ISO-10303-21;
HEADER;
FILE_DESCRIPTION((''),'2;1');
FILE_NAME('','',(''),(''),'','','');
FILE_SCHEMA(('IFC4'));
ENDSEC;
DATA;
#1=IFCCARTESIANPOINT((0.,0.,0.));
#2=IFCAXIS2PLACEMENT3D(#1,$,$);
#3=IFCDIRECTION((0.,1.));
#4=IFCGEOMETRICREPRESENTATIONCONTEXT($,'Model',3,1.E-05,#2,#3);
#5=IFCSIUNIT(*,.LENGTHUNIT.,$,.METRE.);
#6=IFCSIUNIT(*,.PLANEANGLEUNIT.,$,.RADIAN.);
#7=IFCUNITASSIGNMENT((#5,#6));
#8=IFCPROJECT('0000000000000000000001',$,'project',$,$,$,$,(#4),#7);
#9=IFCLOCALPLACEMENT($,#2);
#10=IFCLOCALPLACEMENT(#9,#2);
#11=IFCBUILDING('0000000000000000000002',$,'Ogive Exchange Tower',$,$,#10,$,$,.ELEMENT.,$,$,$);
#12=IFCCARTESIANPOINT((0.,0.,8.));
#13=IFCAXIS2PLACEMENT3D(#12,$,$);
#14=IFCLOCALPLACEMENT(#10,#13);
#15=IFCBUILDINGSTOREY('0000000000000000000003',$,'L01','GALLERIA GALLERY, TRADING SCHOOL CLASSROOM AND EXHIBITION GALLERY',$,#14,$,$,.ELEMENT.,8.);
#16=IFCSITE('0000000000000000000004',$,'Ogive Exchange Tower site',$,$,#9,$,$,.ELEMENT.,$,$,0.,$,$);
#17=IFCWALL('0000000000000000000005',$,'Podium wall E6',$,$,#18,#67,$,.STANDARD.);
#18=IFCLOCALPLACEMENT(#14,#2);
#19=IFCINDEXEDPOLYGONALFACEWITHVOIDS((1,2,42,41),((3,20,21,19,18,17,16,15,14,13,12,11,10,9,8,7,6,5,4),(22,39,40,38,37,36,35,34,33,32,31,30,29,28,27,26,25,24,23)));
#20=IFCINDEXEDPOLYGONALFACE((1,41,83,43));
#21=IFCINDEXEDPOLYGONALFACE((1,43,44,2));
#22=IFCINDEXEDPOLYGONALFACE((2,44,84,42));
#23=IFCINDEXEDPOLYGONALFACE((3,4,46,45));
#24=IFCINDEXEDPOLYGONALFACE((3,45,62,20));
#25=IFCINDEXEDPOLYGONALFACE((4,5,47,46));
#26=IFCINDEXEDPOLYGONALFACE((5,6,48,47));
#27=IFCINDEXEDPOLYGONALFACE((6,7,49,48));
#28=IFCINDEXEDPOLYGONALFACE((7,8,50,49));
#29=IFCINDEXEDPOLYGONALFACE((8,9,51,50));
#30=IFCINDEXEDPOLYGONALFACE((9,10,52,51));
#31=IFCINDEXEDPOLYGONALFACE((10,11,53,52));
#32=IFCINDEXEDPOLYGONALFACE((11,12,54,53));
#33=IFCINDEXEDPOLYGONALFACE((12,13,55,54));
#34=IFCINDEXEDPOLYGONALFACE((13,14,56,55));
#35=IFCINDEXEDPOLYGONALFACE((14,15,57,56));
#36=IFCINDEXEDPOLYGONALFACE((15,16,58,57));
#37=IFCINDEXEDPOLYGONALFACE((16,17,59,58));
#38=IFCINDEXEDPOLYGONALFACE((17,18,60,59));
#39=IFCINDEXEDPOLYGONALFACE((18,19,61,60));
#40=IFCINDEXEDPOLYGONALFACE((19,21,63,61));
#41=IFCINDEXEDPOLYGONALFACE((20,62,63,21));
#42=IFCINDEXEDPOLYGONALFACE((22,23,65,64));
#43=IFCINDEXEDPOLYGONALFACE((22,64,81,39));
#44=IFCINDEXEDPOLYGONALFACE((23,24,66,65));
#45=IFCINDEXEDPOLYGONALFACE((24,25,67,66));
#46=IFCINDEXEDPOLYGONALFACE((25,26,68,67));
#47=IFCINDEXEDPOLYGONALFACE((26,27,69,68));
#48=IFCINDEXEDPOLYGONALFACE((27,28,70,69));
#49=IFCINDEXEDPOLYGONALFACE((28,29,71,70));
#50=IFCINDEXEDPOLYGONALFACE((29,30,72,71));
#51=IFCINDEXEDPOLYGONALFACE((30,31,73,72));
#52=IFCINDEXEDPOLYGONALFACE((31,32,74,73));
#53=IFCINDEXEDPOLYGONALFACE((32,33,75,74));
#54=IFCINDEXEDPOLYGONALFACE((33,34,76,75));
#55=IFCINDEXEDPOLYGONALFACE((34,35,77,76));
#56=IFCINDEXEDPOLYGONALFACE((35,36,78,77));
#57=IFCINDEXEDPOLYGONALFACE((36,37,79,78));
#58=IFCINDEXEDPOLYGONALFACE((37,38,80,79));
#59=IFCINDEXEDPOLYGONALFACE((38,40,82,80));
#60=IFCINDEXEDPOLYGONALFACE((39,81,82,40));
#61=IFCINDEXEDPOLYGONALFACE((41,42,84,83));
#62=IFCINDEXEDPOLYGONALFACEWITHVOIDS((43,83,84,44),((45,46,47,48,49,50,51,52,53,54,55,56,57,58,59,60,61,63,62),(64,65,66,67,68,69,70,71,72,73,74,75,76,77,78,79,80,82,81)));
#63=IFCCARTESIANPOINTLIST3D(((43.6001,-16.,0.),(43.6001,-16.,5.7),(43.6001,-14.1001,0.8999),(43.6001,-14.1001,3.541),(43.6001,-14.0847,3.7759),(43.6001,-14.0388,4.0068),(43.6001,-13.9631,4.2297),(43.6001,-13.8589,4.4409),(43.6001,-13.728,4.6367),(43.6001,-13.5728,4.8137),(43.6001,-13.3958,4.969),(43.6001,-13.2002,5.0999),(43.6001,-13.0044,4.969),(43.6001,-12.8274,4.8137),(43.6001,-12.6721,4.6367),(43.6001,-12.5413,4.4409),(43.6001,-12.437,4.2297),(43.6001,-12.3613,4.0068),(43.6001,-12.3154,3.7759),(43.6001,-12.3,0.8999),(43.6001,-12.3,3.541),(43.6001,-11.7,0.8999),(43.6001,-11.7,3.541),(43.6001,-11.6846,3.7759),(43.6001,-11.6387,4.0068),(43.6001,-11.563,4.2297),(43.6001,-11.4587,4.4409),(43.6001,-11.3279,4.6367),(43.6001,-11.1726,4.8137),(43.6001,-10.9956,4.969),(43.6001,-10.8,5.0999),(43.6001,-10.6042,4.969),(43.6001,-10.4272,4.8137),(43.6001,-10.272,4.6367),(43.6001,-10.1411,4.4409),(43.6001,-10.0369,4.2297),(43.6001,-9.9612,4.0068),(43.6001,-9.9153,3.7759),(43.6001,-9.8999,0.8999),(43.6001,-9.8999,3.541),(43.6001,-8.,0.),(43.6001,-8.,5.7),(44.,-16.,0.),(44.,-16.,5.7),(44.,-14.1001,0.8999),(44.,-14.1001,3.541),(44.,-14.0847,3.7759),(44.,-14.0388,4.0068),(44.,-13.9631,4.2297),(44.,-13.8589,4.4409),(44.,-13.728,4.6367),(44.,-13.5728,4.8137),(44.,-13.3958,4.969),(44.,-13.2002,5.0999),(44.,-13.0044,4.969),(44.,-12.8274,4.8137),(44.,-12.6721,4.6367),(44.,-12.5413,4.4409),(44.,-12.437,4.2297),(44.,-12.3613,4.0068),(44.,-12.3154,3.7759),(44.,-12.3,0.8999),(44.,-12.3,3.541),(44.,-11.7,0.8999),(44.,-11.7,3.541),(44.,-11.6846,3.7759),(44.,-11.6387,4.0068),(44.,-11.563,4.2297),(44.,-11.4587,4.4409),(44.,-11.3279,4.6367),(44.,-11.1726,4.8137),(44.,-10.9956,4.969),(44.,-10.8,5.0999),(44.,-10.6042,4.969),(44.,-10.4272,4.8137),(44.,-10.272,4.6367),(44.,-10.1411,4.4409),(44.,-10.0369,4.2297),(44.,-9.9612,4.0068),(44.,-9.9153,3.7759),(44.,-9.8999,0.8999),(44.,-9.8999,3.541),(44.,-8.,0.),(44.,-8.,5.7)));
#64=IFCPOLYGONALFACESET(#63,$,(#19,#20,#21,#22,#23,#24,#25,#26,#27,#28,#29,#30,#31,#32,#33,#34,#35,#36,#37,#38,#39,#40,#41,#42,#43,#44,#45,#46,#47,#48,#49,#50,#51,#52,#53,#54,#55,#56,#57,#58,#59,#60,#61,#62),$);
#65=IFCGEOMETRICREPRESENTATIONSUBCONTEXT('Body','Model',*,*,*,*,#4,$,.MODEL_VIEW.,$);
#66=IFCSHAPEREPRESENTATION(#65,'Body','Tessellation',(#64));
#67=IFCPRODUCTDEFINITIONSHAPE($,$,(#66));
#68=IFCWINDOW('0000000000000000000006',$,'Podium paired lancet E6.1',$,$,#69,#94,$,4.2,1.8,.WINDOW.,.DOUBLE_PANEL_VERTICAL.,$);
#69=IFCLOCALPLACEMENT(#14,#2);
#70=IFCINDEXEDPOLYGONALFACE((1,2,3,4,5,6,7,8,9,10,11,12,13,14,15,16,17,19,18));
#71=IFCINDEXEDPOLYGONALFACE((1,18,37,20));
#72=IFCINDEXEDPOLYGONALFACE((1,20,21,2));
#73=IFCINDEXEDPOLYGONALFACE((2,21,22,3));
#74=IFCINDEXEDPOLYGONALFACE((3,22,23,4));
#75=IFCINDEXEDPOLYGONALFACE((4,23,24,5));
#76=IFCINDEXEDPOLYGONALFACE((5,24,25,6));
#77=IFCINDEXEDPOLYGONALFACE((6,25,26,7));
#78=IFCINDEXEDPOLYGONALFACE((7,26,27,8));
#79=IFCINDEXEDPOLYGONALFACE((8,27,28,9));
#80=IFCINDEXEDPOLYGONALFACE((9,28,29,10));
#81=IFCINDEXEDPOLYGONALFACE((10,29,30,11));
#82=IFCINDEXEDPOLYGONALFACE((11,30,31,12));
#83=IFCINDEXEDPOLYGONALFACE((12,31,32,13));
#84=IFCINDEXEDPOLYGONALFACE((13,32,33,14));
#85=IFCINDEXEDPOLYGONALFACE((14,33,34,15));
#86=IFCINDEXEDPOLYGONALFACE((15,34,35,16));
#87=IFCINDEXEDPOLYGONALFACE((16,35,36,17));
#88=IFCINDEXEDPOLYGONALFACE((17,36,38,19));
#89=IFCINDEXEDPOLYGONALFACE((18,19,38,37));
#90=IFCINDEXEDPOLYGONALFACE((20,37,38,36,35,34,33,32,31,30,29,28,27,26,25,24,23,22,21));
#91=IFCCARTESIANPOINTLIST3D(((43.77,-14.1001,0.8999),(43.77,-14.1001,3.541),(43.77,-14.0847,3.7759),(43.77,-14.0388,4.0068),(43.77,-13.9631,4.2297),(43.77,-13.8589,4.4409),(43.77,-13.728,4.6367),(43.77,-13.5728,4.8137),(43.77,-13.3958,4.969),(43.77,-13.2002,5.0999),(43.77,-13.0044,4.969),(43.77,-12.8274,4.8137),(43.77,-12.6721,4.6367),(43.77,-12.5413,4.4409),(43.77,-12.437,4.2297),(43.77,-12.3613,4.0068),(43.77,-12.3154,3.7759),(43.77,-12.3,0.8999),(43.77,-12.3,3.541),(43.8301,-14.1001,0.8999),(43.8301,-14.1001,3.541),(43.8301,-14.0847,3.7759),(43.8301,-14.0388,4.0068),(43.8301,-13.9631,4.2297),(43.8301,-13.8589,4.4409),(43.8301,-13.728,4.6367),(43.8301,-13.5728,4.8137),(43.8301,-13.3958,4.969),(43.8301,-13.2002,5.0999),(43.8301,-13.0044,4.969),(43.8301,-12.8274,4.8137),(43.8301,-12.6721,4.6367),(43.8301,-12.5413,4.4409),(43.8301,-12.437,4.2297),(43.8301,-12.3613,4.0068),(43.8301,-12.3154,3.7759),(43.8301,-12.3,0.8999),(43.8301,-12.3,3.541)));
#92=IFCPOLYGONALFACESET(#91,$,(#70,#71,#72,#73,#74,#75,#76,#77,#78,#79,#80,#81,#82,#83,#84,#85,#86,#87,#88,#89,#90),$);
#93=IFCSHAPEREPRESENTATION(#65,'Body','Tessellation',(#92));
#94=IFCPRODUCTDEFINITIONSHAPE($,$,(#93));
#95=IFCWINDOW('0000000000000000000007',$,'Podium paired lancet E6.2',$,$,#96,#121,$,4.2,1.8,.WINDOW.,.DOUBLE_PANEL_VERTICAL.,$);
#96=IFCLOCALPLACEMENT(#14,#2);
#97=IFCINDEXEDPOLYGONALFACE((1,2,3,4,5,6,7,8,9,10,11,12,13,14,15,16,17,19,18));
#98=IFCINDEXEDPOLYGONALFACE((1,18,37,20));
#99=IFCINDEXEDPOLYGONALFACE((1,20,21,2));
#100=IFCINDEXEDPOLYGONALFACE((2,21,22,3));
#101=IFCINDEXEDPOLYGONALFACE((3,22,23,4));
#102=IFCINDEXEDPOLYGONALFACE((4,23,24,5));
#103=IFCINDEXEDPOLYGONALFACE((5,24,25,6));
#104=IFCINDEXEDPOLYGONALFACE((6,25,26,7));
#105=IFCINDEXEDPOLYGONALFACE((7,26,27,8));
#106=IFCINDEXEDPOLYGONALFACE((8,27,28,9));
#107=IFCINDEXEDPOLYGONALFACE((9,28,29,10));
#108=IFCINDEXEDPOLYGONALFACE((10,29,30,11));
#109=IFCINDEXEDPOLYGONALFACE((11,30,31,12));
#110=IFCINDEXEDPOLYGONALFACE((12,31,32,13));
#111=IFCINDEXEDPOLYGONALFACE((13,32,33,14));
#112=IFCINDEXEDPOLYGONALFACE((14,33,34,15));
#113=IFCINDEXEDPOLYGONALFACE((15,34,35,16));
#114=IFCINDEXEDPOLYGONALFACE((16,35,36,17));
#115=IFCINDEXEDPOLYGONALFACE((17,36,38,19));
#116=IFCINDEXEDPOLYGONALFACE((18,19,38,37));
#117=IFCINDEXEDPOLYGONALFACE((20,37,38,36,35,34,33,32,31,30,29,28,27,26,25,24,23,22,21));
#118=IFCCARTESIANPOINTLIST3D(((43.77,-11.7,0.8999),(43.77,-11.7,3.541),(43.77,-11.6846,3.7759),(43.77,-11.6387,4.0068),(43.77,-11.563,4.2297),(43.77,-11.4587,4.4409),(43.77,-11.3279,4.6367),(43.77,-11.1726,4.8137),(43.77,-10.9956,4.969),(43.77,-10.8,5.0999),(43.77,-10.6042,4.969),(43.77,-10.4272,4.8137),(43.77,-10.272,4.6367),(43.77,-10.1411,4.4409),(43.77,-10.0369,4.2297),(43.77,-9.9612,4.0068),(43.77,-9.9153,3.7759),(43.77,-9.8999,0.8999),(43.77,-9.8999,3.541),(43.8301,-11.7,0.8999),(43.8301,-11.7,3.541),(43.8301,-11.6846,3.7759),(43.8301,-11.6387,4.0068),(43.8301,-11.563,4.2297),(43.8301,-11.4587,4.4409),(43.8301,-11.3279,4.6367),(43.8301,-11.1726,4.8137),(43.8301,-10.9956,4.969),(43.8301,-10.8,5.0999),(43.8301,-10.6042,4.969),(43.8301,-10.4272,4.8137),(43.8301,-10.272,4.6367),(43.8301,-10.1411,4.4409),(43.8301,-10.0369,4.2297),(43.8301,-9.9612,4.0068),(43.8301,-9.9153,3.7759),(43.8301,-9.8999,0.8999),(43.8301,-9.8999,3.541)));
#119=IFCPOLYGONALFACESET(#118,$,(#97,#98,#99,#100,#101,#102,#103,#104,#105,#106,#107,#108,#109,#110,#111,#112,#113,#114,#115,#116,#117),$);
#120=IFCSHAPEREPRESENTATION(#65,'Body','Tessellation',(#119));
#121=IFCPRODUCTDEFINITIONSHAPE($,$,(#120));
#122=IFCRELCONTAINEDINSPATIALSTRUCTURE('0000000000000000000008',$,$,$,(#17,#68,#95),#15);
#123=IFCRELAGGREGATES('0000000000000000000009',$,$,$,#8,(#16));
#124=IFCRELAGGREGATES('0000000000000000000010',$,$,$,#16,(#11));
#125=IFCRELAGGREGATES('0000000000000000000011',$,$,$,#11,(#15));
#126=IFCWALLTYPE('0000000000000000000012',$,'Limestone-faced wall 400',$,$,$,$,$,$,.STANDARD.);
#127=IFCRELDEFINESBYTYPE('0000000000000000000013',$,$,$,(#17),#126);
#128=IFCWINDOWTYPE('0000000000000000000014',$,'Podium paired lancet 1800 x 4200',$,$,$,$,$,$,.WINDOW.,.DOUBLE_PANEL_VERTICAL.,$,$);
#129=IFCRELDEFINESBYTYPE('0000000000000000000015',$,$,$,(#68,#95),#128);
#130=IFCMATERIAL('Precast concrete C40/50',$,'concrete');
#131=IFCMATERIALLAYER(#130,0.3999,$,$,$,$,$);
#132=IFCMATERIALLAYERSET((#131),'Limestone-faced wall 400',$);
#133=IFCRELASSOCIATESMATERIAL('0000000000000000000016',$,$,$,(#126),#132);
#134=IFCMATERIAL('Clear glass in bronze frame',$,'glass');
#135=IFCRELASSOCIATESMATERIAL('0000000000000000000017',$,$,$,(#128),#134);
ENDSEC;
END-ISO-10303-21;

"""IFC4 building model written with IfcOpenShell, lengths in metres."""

from ifc_helpers import new_model, si_unit, direction, frame, frame_2d, origin, place, context, subcontext, project, spatial, polyline, rectangle, outline, extrude, material, layer, layer_set, type_object, element, fill, save


model = new_model("IFC4")

# Units and contexts
model_context = context("Model", 3, precision=1e-05, world=origin(), true_north=direction((0.0, 1.0)))
body_context = subcontext(model_context, "Body", "Model", "MODEL_VIEW")
ifc_project = project(units=[si_unit("LENGTHUNIT", "METRE"), si_unit("PLANEANGLEUNIT", "RADIAN")], contexts=[model_context])

# Site, building, storey
site_placement = place(None, origin())
site = spatial("IfcSite", under=ifc_project, at=site_placement, Name="Ogive Exchange Tower site", CompositionType="ELEMENT", RefElevation=0.0)
building_placement = place(site_placement, origin())
building = spatial("IfcBuilding", under=site, at=building_placement, Name="Ogive Exchange Tower", CompositionType="ELEMENT")
storey_placement = place(building_placement, frame((0.0, 0.0, 8.0)))
storey = spatial("IfcBuildingStorey", under=building, at=storey_placement, Name="L01", Description="GALLERIA GALLERY, TRADING SCHOOL CLASSROOM AND EXHIBITION GALLERY", CompositionType="ELEMENT", Elevation=8.0)

# Shared definitions
ifc_material_1 = material(Name="Precast concrete C40/50", Category="concrete")
ifc_layer = layer(ifc_material_1, 0.3999)
ifc_layer_set = layer_set([ifc_layer], Name="Limestone-faced wall 400")
wall_type = type_object("IfcWallType", Name="Limestone-faced wall 400", PredefinedType="STANDARD", material=ifc_layer_set)
ifc_material_2 = material(Name="Clear glass in bronze frame", Category="glass")

# Wall, openings, windows
wall_1_placement = place(storey_placement, frame((43.8, -16.0, 0.0), z_axis=(0.0, 0.0, 1.0), x_axis=(0.0, 1.0, 0.0)))
wall_1 = element("IfcWall", 1, at=wall_1_placement, inside=storey, type_object=wall_type, Name="Podium wall E6", PredefinedType="STANDARD", context=body_context, shape_type="SweptSolid", body=[
    extrude(rectangle(XDim=8.0, YDim=0.3999, at=frame_2d((4.0, 0.0))), origin(), (0.0, 0.0, 1.0), 5.7),
])
opening_1_placement = place(wall_1_placement, frame((1.8999, 0.0, 0.8999)))
opening_1 = element("IfcOpeningElement", 2, at=opening_1_placement, cuts=wall_1, PredefinedType="OPENING", context=body_context, shape_type="SweptSolid", body=[
    extrude(outline(polyline([(0.0, 0.0), (1.8, 0.0), (1.8, 2.6411), (1.7847, 2.876), (1.7388, 3.1069), (1.6631, 3.3298), (1.5588, 3.541), (1.428, 3.7368), (1.2727, 3.9138), (1.0957, 4.0691), (0.8999, 4.2), (0.7043, 4.0691), (0.5273, 3.9138), (0.3721, 3.7368), (0.2412, 3.541), (0.137, 3.3298), (0.0613, 3.1069), (0.0154, 2.876), (0.0, 2.6411), (0.0, 0.0)])), frame((0.0, 0.21, 0.0), z_axis=(0.0, -1.0, 0.0), x_axis=(1.0, 0.0, 0.0)), (0.0, 0.0, 1.0), 0.4199),
])
opening_2_placement = place(wall_1_placement, frame((4.3, 0.0, 0.8999)))
opening_2 = element("IfcOpeningElement", 3, at=opening_2_placement, cuts=wall_1, PredefinedType="OPENING", context=body_context, shape_type="SweptSolid", body=[
    extrude(outline(polyline([(0.0, 0.0), (1.8, 0.0), (1.8, 2.6411), (1.7847, 2.876), (1.7388, 3.1069), (1.6631, 3.3298), (1.5588, 3.541), (1.428, 3.7368), (1.2727, 3.9138), (1.0957, 4.0691), (0.8999, 4.2), (0.7043, 4.0691), (0.5273, 3.9138), (0.3721, 3.7368), (0.2412, 3.541), (0.137, 3.3298), (0.0613, 3.1069), (0.0154, 2.876), (0.0, 2.6411), (0.0, 0.0)])), frame((0.0, 0.21, 0.0), z_axis=(0.0, -1.0, 0.0), x_axis=(1.0, 0.0, 0.0)), (0.0, 0.0, 1.0), 0.4199),
])
window_type_1 = type_object("IfcWindowType", Name="Podium paired lancet 1800 x 4200", PartitioningType="DOUBLE_PANEL_VERTICAL", PredefinedType="WINDOW", material=ifc_material_2)
window_1_placement = place(opening_1_placement, origin())
window_1 = element("IfcWindow", 4, at=window_1_placement, inside=storey, type_object=window_type_1, Name="Podium paired lancet E6.1", OverallHeight=4.2, OverallWidth=1.8, PartitioningType="DOUBLE_PANEL_VERTICAL", PredefinedType="WINDOW", context=body_context, shape_type="SweptSolid", body=[
    extrude(outline(polyline([(0.0, 0.0), (1.8, 0.0), (1.8, 2.6411), (1.7847, 2.876), (1.7388, 3.1069), (1.6631, 3.3298), (1.5588, 3.541), (1.428, 3.7368), (1.2727, 3.9138), (1.0957, 4.0691), (0.8999, 4.2), (0.7043, 4.0691), (0.5273, 3.9138), (0.3721, 3.7368), (0.2412, 3.541), (0.137, 3.3298), (0.0613, 3.1069), (0.0154, 2.876), (0.0, 2.6411), (0.0, 0.0)])), frame((0.0, 0.03, 0.0), z_axis=(0.0, -1.0, 0.0), x_axis=(1.0, 0.0, 0.0)), (0.0, 0.0, 1.0), 0.0601),
])
fill(opening_1, window_1)
window_2_placement = place(opening_2_placement, origin())
window_2 = element("IfcWindow", 5, at=window_2_placement, inside=storey, type_object=window_type_1, Name="Podium paired lancet E6.2", OverallHeight=4.2, OverallWidth=1.8, PartitioningType="DOUBLE_PANEL_VERTICAL", PredefinedType="WINDOW", context=body_context, shape_type="SweptSolid", body=[
    extrude(outline(polyline([(0.0, 0.0), (1.8, 0.0), (1.8, 2.6411), (1.7847, 2.876), (1.7388, 3.1069), (1.6631, 3.3298), (1.5588, 3.541), (1.428, 3.7368), (1.2727, 3.9138), (1.0957, 4.0691), (0.8999, 4.2), (0.7043, 4.0691), (0.5273, 3.9138), (0.3721, 3.7368), (0.2412, 3.541), (0.137, 3.3298), (0.0613, 3.1069), (0.0154, 2.876), (0.0, 2.6411), (0.0, 0.0)])), frame((0.0, 0.03, 0.0), z_axis=(0.0, -1.0, 0.0), x_axis=(1.0, 0.0, 0.0)), (0.0, 0.0, 1.0), 0.0601),
])
fill(opening_2, window_2)

save(model, "model.ifc")
